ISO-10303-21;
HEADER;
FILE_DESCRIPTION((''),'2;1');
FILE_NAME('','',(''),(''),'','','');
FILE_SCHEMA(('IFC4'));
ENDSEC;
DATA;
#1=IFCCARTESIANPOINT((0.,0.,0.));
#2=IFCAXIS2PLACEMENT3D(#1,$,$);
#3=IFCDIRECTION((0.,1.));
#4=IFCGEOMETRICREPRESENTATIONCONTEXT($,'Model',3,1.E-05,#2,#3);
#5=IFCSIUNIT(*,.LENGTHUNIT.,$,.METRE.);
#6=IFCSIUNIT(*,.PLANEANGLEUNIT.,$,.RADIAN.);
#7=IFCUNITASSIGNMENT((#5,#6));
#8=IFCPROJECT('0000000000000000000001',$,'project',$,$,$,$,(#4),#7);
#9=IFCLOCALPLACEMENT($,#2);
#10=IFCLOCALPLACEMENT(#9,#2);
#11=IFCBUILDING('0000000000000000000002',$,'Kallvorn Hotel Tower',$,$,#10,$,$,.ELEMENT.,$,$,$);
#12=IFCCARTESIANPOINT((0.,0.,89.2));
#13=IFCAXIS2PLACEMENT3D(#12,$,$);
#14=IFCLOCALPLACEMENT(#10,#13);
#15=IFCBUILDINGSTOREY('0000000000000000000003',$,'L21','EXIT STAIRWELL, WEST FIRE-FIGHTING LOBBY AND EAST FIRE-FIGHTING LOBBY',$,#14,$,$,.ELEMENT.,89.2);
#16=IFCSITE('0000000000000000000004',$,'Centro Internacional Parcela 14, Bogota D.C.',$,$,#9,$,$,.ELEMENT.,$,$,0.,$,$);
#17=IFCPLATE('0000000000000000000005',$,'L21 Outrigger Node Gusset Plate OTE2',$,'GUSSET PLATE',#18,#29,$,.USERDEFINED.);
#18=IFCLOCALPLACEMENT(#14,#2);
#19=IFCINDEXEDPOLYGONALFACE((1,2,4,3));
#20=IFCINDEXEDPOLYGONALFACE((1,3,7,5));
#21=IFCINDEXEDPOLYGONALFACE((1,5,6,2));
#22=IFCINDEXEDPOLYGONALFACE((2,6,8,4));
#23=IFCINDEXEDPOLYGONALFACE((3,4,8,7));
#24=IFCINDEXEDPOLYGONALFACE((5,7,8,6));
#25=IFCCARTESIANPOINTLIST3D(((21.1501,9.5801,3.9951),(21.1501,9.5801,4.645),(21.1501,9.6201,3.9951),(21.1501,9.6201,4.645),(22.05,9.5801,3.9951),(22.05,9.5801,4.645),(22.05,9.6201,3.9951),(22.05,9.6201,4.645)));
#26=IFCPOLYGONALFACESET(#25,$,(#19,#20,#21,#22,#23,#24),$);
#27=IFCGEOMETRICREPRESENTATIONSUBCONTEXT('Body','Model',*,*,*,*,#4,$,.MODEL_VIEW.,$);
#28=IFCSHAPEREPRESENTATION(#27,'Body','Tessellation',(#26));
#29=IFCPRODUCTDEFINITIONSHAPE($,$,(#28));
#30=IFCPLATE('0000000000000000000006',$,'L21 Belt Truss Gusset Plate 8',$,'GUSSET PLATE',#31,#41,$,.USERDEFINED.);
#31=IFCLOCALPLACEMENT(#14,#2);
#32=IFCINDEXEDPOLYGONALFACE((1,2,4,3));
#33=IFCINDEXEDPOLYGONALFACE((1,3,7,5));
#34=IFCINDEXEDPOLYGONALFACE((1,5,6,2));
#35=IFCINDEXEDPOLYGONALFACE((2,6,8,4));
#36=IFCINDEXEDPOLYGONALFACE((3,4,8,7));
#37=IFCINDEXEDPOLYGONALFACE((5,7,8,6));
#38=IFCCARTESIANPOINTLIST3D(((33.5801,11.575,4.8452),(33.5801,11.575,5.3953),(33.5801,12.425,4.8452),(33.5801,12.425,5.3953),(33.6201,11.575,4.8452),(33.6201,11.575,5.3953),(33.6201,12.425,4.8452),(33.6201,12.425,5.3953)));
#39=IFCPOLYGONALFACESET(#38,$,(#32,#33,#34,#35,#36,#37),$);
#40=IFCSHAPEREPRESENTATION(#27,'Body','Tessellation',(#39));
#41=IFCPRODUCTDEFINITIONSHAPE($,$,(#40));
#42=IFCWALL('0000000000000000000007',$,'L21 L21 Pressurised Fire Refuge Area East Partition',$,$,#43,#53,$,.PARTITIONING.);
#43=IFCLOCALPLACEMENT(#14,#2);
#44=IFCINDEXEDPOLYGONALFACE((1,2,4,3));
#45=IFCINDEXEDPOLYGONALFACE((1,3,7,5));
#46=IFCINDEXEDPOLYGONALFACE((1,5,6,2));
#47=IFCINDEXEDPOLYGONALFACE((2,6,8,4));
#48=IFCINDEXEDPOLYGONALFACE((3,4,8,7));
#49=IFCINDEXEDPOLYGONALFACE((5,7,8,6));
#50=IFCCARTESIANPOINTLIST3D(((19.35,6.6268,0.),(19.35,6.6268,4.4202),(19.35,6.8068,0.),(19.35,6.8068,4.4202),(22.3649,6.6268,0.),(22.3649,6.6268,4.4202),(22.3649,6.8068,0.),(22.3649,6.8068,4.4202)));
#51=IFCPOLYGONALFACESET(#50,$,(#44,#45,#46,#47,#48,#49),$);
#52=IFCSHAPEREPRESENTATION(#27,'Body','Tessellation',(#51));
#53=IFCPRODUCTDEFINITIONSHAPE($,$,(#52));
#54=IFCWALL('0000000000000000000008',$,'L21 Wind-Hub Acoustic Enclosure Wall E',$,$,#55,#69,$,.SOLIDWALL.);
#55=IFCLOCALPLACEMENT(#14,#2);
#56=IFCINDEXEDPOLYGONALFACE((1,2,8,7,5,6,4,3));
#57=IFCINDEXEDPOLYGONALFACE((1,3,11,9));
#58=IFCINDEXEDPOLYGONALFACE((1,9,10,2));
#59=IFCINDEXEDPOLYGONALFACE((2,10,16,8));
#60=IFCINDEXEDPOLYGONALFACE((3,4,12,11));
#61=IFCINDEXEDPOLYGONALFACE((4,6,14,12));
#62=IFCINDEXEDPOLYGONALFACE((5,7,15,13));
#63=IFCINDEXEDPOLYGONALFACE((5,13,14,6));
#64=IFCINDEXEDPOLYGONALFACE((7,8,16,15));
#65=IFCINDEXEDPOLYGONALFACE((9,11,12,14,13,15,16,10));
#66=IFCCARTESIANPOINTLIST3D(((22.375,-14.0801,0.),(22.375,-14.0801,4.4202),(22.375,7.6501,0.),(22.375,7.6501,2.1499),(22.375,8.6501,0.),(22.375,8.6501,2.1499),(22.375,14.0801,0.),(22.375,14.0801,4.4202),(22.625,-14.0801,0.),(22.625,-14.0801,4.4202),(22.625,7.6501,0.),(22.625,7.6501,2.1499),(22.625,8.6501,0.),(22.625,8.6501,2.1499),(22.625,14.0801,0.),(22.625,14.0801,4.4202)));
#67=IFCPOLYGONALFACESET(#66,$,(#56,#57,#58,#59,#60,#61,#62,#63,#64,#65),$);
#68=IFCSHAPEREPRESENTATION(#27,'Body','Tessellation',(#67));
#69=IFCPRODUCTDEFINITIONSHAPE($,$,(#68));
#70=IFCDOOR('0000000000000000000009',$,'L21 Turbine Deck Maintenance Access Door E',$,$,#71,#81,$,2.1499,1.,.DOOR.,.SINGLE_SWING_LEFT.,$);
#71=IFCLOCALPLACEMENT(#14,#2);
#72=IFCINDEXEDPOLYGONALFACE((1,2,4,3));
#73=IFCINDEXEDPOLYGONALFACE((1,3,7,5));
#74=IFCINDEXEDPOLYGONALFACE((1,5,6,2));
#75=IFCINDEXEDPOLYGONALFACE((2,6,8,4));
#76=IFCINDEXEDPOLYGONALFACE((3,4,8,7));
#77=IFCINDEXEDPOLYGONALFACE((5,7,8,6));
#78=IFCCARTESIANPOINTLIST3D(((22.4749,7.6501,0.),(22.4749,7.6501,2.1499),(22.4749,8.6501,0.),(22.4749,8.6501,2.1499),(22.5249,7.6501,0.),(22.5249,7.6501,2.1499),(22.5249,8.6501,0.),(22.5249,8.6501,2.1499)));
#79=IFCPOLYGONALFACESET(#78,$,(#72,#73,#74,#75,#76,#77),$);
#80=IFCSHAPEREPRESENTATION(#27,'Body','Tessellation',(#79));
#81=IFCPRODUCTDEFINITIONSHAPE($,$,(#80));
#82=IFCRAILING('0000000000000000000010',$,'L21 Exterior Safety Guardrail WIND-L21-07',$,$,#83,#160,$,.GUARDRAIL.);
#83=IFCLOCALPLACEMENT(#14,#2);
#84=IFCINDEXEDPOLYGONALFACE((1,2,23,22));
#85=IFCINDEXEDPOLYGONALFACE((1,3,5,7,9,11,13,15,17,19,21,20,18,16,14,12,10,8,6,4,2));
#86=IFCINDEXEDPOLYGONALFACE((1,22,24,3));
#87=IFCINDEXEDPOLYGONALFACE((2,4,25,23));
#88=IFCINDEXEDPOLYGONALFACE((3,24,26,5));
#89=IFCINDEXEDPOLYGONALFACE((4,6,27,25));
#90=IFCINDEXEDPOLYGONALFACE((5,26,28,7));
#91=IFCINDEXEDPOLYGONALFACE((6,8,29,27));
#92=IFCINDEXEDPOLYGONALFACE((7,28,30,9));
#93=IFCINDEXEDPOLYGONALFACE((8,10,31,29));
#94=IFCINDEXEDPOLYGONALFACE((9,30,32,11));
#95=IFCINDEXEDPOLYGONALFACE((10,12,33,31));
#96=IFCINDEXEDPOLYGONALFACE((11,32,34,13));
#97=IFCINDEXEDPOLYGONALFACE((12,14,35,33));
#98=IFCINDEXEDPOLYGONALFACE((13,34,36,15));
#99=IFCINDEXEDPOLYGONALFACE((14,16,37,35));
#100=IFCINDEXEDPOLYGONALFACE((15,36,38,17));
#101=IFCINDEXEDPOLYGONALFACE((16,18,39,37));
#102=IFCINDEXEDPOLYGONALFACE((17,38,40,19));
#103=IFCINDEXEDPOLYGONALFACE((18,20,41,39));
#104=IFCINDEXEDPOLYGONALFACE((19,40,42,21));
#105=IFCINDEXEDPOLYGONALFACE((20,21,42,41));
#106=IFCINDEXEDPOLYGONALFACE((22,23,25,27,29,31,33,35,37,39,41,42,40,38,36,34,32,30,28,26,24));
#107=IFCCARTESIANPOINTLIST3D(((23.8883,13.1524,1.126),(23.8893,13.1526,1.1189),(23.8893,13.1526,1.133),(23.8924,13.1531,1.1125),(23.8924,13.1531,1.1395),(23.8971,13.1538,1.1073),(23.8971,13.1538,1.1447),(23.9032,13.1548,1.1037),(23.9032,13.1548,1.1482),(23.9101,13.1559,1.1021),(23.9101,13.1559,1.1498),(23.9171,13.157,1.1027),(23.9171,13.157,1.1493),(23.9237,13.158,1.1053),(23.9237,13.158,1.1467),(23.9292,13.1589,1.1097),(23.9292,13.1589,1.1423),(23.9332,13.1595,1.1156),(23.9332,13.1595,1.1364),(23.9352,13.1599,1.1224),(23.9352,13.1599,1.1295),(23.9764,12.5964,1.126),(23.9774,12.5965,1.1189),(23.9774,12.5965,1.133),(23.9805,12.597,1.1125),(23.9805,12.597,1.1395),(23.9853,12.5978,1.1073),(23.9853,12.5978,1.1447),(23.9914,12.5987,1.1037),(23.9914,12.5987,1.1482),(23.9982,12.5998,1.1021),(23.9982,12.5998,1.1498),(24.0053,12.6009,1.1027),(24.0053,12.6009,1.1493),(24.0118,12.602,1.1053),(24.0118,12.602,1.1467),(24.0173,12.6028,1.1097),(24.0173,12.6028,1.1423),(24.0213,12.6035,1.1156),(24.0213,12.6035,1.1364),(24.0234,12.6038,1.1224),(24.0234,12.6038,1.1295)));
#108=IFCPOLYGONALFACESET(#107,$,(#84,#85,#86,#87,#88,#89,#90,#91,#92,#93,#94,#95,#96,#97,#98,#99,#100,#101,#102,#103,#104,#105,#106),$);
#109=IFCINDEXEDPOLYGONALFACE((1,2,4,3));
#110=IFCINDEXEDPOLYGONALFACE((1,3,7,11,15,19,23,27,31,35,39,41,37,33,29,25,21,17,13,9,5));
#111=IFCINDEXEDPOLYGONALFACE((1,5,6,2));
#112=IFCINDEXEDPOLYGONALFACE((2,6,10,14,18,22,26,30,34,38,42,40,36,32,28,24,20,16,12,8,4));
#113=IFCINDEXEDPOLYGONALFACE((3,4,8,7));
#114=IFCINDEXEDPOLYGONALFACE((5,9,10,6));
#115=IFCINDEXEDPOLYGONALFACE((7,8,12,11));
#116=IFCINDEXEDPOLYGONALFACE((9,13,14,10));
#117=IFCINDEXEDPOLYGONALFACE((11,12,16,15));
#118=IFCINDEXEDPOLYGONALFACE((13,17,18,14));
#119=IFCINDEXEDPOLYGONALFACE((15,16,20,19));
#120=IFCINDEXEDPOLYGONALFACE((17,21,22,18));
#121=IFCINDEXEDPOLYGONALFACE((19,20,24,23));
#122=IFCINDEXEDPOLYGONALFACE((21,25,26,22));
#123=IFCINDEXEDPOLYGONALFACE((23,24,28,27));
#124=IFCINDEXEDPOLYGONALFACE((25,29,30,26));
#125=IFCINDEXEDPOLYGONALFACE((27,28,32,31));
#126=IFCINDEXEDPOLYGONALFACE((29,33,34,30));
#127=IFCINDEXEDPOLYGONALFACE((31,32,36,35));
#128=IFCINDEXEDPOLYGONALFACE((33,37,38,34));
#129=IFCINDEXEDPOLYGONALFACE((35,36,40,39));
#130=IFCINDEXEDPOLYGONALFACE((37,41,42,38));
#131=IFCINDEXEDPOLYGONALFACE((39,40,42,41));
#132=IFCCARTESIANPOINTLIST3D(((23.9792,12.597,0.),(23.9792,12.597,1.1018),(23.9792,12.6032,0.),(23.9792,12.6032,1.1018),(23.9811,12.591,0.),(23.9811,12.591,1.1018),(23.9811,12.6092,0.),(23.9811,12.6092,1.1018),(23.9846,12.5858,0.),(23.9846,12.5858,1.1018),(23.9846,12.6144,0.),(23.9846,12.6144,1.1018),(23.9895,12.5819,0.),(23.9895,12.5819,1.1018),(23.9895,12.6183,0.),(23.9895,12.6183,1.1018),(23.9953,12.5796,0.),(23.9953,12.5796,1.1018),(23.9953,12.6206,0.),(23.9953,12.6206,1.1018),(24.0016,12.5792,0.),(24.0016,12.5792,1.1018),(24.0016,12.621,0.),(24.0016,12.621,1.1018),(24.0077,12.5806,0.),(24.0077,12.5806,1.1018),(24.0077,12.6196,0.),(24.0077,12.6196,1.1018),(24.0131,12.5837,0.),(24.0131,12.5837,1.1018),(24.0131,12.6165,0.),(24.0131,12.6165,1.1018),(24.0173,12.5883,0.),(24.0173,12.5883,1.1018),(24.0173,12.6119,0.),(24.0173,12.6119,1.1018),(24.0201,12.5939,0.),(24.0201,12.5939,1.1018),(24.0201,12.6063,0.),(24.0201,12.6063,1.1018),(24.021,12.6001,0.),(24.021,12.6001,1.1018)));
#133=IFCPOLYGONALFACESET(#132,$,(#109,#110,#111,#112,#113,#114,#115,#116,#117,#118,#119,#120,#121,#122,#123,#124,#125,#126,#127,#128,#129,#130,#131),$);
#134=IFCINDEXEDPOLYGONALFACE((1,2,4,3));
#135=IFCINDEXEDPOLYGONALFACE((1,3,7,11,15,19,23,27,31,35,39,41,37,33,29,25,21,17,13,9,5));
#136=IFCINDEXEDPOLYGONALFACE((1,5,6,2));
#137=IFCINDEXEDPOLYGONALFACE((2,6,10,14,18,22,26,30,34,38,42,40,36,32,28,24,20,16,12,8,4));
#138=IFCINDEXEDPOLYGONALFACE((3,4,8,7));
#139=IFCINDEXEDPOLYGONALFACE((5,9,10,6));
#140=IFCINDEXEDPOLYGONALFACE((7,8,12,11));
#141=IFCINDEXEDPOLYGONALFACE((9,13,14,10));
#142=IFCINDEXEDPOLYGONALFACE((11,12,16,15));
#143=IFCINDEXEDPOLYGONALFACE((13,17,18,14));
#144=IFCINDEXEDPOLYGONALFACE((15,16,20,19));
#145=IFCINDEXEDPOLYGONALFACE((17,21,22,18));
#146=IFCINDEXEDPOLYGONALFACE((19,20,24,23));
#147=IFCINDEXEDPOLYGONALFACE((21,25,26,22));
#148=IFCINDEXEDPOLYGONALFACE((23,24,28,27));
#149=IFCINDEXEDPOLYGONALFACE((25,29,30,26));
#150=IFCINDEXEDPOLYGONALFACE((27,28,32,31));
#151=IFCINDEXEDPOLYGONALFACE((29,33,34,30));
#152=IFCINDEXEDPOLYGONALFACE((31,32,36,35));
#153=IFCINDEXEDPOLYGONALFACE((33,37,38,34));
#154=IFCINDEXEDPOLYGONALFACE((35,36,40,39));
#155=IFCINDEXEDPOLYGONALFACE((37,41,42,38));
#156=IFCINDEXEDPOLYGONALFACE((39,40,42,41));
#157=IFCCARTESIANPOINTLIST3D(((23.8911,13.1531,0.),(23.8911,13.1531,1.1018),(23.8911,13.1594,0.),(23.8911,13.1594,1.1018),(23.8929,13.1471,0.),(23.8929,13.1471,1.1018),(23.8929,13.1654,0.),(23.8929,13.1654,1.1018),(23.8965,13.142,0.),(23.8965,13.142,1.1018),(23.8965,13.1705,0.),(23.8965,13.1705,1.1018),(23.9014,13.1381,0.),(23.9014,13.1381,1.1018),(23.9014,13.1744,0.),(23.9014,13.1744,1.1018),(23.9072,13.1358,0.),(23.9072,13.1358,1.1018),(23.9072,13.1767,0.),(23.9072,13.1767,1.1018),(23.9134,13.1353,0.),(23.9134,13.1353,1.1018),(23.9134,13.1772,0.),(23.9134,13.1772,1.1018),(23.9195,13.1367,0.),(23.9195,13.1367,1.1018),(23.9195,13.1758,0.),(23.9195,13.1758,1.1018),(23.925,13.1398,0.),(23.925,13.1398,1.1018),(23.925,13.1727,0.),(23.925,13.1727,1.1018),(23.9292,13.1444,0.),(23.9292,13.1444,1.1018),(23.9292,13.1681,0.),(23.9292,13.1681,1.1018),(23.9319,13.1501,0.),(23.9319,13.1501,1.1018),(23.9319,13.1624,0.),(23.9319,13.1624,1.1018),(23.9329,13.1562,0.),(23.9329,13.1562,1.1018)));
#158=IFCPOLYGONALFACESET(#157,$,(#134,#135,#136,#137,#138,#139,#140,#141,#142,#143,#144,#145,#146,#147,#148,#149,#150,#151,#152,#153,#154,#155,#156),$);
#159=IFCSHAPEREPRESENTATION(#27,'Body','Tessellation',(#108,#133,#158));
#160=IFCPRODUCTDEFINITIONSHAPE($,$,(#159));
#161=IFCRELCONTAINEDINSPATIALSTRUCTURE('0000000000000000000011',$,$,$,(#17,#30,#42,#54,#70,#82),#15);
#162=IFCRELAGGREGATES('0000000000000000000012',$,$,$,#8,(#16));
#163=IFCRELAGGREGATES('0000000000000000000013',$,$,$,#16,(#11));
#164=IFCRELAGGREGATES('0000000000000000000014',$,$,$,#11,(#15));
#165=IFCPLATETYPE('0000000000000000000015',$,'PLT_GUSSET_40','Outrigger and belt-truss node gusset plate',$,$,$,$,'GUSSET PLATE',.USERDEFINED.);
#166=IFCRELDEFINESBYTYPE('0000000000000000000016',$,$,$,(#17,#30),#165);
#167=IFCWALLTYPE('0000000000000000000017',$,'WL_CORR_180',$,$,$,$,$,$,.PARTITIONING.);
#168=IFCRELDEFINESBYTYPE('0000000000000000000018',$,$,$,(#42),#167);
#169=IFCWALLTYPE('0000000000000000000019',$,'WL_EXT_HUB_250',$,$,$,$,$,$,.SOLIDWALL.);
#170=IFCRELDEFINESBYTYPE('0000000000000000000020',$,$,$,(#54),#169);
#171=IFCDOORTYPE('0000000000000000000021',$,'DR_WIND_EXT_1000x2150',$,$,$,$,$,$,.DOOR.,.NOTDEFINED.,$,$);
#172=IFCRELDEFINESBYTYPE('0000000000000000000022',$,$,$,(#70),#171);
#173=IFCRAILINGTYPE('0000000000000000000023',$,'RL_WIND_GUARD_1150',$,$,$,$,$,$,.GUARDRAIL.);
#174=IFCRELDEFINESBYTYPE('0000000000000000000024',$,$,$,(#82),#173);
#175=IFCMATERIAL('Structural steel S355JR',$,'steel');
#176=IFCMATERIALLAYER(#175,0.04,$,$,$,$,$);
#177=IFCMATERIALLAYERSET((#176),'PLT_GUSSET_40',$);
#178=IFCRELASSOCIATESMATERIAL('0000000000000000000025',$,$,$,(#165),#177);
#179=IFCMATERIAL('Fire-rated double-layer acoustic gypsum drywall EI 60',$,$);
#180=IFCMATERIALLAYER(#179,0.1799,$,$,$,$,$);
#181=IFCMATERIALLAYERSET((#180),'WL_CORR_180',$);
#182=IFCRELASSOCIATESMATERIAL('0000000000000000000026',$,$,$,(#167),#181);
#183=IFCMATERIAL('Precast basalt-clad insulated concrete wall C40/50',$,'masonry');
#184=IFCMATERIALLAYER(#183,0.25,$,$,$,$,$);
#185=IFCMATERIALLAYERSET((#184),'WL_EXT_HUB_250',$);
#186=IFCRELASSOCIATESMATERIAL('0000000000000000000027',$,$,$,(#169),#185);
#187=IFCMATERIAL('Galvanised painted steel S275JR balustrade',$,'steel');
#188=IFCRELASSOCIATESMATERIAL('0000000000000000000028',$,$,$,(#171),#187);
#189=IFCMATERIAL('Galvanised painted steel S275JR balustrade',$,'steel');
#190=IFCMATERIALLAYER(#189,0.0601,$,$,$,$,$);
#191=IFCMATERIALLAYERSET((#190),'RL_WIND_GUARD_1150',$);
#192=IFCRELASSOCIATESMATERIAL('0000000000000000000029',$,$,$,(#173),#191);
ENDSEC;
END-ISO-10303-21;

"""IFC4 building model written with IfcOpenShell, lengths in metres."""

from ifc_helpers import new_model, si_unit, direction, frame, frame_2d, origin, origin_2d, place, context, subcontext, project, spatial, rectangle, circle, extrude, material, layer, layer_set, type_object, element, fill, save


model = new_model("IFC4")

# Units and contexts
model_context = context("Model", 3, precision=1e-05, world=origin(), true_north=direction((0.0, 1.0)))
body_context = subcontext(model_context, "Body", "Model", "MODEL_VIEW")
ifc_project = project(units=[si_unit("LENGTHUNIT", "METRE"), si_unit("PLANEANGLEUNIT", "RADIAN")], contexts=[model_context])

# Site, building, storey
site_placement = place(None, origin())
site = spatial("IfcSite", under=ifc_project, at=site_placement, Name="Centro Internacional Parcela 14, Bogota D.C.", CompositionType="ELEMENT", RefElevation=0.0)
building_placement = place(site_placement, origin())
building = spatial("IfcBuilding", under=site, at=building_placement, Name="Kallvorn Hotel Tower", CompositionType="ELEMENT")
storey_placement = place(building_placement, frame((0.0, 0.0, 89.2)))
storey = spatial("IfcBuildingStorey", under=building, at=storey_placement, Name="L21", Description="EXIT STAIRWELL, WEST FIRE-FIGHTING LOBBY AND EAST FIRE-FIGHTING LOBBY", CompositionType="ELEMENT", Elevation=89.2)

# Plates
ifc_material_1 = material(Name="Structural steel S355JR", Category="steel")
ifc_layer_1 = layer(ifc_material_1, 0.04)
ifc_layer_set_1 = layer_set([ifc_layer_1], Name="PLT_GUSSET_40")
plate_type = type_object("IfcPlateType", Name="PLT_GUSSET_40", Description="Outrigger and belt-truss node gusset plate", ElementType="GUSSET PLATE", PredefinedType="USERDEFINED", material=ifc_layer_set_1)
plate_1_placement = place(storey_placement, frame((21.6001, 9.6001, 3.9951), z_axis=(0.0, 0.0, 1.0), x_axis=(1.0, 0.0, 0.0)))
element("IfcPlate", 1, at=plate_1_placement, inside=storey, type_object=plate_type, Name="L21 Outrigger Node Gusset Plate OTE2", ObjectType="GUSSET PLATE", PredefinedType="USERDEFINED", context=body_context, shape_type="SweptSolid", body=[
    extrude(rectangle(XDim=0.8999, YDim=0.04, at=origin_2d()), origin(), (0.0, 0.0, 1.0), 0.6499),
])
plate_2_placement = place(storey_placement, frame((33.6001, 12.0, 4.8452), z_axis=(0.0, 0.0, 1.0), x_axis=(0.0, 1.0, 0.0)))
element("IfcPlate", 2, at=plate_2_placement, inside=storey, type_object=plate_type, Name="L21 Belt Truss Gusset Plate 8", ObjectType="GUSSET PLATE", PredefinedType="USERDEFINED", context=body_context, shape_type="SweptSolid", body=[
    extrude(rectangle(XDim=0.8501, YDim=0.04, at=origin_2d()), origin(), (0.0, 0.0, 1.0), 0.55),
])

# Wall
ifc_material_2 = material(Name="Fire-rated double-layer acoustic gypsum drywall EI 60")
ifc_layer_2 = layer(ifc_material_2, 0.1799)
ifc_layer_set_2 = layer_set([ifc_layer_2], Name="WL_CORR_180")
wall_type_1 = type_object("IfcWallType", Name="WL_CORR_180", PredefinedType="PARTITIONING", material=ifc_layer_set_2)
wall_1_placement = place(storey_placement, frame((19.3501, 6.7168, 0.0), z_axis=(0.0, 0.0, 1.0), x_axis=(1.0, 0.0, 0.0)))
element("IfcWall", 3, at=wall_1_placement, inside=storey, type_object=wall_type_1, Name="L21 L21 Pressurised Fire Refuge Area East Partition", PredefinedType="PARTITIONING", context=body_context, shape_type="SweptSolid", body=[
    extrude(rectangle(XDim=3.0149, YDim=0.1799, at=frame_2d((1.5073, 0.0))), origin(), (0.0, 0.0, 1.0), 4.4202),
])

# Wall, opening, door
ifc_material_3 = material(Name="Precast basalt-clad insulated concrete wall C40/50", Category="masonry")
ifc_layer_3 = layer(ifc_material_3, 0.25)
ifc_layer_set_3 = layer_set([ifc_layer_3], Name="WL_EXT_HUB_250")
wall_type_2 = type_object("IfcWallType", Name="WL_EXT_HUB_250", PredefinedType="SOLIDWALL", material=ifc_layer_set_3)
wall_2_placement = place(storey_placement, frame((22.5, 14.0801, 0.0), z_axis=(0.0, 0.0, 1.0), x_axis=(0.0, -1.0, 0.0)))
wall_2 = element("IfcWall", 4, at=wall_2_placement, inside=storey, type_object=wall_type_2, Name="L21 Wind-Hub Acoustic Enclosure Wall E", PredefinedType="SOLIDWALL", context=body_context, shape_type="SweptSolid", body=[
    extrude(rectangle(XDim=28.1602, YDim=0.25, at=frame_2d((14.0801, 0.0))), origin(), (0.0, 0.0, 1.0), 4.4202),
])
opening_placement = place(wall_2_placement, frame((5.4299, 0.0, 0.0)))
opening = element("IfcOpeningElement", 5, at=opening_placement, cuts=wall_2, PredefinedType="OPENING", context=body_context, shape_type="SweptSolid", body=[
    extrude(rectangle(XDim=1.0, YDim=2.1499, at=frame_2d((0.5, 1.075))), frame((0.0, 0.1399, 0.0), z_axis=(0.0, -1.0, 0.0), x_axis=(1.0, 0.0, 0.0)), (0.0, 0.0, 1.0), 0.28),
])
ifc_material_4 = material(Name="Galvanised painted steel S275JR balustrade", Category="steel")
door_type = type_object("IfcDoorType", Name="DR_WIND_EXT_1000x2150", OperationType="NOTDEFINED", PredefinedType="DOOR", material=ifc_material_4)
door_placement = place(opening_placement, origin())
door = element("IfcDoor", 6, at=door_placement, inside=storey, type_object=door_type, Name="L21 Turbine Deck Maintenance Access Door E", OperationType="SINGLE_SWING_LEFT", OverallHeight=2.1499, OverallWidth=1.0, PredefinedType="DOOR", context=body_context, shape_type="SweptSolid", body=[
    extrude(rectangle(XDim=1.0, YDim=2.1499, at=frame_2d((0.5, 1.075))), frame((0.0, 0.0249, 0.0), z_axis=(0.0, -1.0, 0.0), x_axis=(1.0, 0.0, 0.0)), (0.0, 0.0, 1.0), 0.05),
])
fill(opening, door)

# Railing
ifc_material_5 = material(Name="Galvanised painted steel S275JR balustrade", Category="steel")
ifc_layer_4 = layer(ifc_material_5, 0.0601)
ifc_layer_set_4 = layer_set([ifc_layer_4], Name="RL_WIND_GUARD_1150")
railing_type = type_object("IfcRailingType", Name="RL_WIND_GUARD_1150", PredefinedType="GUARDRAIL", material=ifc_layer_set_4)
railing_1_placement = place(storey_placement, frame((24.0, 12.6001, 0.0)))
element("IfcRailing", 7, at=railing_1_placement, inside=storey, type_object=railing_type, Name="L21 Exterior Safety Guardrail WIND-L21-07", PredefinedType="GUARDRAIL", context=body_context, shape_type="SweptSolid", body=[
    extrude(circle(Radius=0.0239, at=origin_2d()), frame((0.0, 0.0, 1.126), z_axis=(-0.156519, 0.987675, 0.0), x_axis=(-0.987675, -0.156519, 0.0)), (0.0, 0.0, 1.0), 0.563),
    extrude(circle(Radius=0.021, at=origin_2d()), origin(), (0.0, 0.0, 1.0), 1.1018),
    extrude(circle(Radius=0.021, at=origin_2d()), frame((-0.0881, 0.5562, 0.0)), (0.0, 0.0, 1.0), 1.1018),
])

save(model, "model.ifc")
